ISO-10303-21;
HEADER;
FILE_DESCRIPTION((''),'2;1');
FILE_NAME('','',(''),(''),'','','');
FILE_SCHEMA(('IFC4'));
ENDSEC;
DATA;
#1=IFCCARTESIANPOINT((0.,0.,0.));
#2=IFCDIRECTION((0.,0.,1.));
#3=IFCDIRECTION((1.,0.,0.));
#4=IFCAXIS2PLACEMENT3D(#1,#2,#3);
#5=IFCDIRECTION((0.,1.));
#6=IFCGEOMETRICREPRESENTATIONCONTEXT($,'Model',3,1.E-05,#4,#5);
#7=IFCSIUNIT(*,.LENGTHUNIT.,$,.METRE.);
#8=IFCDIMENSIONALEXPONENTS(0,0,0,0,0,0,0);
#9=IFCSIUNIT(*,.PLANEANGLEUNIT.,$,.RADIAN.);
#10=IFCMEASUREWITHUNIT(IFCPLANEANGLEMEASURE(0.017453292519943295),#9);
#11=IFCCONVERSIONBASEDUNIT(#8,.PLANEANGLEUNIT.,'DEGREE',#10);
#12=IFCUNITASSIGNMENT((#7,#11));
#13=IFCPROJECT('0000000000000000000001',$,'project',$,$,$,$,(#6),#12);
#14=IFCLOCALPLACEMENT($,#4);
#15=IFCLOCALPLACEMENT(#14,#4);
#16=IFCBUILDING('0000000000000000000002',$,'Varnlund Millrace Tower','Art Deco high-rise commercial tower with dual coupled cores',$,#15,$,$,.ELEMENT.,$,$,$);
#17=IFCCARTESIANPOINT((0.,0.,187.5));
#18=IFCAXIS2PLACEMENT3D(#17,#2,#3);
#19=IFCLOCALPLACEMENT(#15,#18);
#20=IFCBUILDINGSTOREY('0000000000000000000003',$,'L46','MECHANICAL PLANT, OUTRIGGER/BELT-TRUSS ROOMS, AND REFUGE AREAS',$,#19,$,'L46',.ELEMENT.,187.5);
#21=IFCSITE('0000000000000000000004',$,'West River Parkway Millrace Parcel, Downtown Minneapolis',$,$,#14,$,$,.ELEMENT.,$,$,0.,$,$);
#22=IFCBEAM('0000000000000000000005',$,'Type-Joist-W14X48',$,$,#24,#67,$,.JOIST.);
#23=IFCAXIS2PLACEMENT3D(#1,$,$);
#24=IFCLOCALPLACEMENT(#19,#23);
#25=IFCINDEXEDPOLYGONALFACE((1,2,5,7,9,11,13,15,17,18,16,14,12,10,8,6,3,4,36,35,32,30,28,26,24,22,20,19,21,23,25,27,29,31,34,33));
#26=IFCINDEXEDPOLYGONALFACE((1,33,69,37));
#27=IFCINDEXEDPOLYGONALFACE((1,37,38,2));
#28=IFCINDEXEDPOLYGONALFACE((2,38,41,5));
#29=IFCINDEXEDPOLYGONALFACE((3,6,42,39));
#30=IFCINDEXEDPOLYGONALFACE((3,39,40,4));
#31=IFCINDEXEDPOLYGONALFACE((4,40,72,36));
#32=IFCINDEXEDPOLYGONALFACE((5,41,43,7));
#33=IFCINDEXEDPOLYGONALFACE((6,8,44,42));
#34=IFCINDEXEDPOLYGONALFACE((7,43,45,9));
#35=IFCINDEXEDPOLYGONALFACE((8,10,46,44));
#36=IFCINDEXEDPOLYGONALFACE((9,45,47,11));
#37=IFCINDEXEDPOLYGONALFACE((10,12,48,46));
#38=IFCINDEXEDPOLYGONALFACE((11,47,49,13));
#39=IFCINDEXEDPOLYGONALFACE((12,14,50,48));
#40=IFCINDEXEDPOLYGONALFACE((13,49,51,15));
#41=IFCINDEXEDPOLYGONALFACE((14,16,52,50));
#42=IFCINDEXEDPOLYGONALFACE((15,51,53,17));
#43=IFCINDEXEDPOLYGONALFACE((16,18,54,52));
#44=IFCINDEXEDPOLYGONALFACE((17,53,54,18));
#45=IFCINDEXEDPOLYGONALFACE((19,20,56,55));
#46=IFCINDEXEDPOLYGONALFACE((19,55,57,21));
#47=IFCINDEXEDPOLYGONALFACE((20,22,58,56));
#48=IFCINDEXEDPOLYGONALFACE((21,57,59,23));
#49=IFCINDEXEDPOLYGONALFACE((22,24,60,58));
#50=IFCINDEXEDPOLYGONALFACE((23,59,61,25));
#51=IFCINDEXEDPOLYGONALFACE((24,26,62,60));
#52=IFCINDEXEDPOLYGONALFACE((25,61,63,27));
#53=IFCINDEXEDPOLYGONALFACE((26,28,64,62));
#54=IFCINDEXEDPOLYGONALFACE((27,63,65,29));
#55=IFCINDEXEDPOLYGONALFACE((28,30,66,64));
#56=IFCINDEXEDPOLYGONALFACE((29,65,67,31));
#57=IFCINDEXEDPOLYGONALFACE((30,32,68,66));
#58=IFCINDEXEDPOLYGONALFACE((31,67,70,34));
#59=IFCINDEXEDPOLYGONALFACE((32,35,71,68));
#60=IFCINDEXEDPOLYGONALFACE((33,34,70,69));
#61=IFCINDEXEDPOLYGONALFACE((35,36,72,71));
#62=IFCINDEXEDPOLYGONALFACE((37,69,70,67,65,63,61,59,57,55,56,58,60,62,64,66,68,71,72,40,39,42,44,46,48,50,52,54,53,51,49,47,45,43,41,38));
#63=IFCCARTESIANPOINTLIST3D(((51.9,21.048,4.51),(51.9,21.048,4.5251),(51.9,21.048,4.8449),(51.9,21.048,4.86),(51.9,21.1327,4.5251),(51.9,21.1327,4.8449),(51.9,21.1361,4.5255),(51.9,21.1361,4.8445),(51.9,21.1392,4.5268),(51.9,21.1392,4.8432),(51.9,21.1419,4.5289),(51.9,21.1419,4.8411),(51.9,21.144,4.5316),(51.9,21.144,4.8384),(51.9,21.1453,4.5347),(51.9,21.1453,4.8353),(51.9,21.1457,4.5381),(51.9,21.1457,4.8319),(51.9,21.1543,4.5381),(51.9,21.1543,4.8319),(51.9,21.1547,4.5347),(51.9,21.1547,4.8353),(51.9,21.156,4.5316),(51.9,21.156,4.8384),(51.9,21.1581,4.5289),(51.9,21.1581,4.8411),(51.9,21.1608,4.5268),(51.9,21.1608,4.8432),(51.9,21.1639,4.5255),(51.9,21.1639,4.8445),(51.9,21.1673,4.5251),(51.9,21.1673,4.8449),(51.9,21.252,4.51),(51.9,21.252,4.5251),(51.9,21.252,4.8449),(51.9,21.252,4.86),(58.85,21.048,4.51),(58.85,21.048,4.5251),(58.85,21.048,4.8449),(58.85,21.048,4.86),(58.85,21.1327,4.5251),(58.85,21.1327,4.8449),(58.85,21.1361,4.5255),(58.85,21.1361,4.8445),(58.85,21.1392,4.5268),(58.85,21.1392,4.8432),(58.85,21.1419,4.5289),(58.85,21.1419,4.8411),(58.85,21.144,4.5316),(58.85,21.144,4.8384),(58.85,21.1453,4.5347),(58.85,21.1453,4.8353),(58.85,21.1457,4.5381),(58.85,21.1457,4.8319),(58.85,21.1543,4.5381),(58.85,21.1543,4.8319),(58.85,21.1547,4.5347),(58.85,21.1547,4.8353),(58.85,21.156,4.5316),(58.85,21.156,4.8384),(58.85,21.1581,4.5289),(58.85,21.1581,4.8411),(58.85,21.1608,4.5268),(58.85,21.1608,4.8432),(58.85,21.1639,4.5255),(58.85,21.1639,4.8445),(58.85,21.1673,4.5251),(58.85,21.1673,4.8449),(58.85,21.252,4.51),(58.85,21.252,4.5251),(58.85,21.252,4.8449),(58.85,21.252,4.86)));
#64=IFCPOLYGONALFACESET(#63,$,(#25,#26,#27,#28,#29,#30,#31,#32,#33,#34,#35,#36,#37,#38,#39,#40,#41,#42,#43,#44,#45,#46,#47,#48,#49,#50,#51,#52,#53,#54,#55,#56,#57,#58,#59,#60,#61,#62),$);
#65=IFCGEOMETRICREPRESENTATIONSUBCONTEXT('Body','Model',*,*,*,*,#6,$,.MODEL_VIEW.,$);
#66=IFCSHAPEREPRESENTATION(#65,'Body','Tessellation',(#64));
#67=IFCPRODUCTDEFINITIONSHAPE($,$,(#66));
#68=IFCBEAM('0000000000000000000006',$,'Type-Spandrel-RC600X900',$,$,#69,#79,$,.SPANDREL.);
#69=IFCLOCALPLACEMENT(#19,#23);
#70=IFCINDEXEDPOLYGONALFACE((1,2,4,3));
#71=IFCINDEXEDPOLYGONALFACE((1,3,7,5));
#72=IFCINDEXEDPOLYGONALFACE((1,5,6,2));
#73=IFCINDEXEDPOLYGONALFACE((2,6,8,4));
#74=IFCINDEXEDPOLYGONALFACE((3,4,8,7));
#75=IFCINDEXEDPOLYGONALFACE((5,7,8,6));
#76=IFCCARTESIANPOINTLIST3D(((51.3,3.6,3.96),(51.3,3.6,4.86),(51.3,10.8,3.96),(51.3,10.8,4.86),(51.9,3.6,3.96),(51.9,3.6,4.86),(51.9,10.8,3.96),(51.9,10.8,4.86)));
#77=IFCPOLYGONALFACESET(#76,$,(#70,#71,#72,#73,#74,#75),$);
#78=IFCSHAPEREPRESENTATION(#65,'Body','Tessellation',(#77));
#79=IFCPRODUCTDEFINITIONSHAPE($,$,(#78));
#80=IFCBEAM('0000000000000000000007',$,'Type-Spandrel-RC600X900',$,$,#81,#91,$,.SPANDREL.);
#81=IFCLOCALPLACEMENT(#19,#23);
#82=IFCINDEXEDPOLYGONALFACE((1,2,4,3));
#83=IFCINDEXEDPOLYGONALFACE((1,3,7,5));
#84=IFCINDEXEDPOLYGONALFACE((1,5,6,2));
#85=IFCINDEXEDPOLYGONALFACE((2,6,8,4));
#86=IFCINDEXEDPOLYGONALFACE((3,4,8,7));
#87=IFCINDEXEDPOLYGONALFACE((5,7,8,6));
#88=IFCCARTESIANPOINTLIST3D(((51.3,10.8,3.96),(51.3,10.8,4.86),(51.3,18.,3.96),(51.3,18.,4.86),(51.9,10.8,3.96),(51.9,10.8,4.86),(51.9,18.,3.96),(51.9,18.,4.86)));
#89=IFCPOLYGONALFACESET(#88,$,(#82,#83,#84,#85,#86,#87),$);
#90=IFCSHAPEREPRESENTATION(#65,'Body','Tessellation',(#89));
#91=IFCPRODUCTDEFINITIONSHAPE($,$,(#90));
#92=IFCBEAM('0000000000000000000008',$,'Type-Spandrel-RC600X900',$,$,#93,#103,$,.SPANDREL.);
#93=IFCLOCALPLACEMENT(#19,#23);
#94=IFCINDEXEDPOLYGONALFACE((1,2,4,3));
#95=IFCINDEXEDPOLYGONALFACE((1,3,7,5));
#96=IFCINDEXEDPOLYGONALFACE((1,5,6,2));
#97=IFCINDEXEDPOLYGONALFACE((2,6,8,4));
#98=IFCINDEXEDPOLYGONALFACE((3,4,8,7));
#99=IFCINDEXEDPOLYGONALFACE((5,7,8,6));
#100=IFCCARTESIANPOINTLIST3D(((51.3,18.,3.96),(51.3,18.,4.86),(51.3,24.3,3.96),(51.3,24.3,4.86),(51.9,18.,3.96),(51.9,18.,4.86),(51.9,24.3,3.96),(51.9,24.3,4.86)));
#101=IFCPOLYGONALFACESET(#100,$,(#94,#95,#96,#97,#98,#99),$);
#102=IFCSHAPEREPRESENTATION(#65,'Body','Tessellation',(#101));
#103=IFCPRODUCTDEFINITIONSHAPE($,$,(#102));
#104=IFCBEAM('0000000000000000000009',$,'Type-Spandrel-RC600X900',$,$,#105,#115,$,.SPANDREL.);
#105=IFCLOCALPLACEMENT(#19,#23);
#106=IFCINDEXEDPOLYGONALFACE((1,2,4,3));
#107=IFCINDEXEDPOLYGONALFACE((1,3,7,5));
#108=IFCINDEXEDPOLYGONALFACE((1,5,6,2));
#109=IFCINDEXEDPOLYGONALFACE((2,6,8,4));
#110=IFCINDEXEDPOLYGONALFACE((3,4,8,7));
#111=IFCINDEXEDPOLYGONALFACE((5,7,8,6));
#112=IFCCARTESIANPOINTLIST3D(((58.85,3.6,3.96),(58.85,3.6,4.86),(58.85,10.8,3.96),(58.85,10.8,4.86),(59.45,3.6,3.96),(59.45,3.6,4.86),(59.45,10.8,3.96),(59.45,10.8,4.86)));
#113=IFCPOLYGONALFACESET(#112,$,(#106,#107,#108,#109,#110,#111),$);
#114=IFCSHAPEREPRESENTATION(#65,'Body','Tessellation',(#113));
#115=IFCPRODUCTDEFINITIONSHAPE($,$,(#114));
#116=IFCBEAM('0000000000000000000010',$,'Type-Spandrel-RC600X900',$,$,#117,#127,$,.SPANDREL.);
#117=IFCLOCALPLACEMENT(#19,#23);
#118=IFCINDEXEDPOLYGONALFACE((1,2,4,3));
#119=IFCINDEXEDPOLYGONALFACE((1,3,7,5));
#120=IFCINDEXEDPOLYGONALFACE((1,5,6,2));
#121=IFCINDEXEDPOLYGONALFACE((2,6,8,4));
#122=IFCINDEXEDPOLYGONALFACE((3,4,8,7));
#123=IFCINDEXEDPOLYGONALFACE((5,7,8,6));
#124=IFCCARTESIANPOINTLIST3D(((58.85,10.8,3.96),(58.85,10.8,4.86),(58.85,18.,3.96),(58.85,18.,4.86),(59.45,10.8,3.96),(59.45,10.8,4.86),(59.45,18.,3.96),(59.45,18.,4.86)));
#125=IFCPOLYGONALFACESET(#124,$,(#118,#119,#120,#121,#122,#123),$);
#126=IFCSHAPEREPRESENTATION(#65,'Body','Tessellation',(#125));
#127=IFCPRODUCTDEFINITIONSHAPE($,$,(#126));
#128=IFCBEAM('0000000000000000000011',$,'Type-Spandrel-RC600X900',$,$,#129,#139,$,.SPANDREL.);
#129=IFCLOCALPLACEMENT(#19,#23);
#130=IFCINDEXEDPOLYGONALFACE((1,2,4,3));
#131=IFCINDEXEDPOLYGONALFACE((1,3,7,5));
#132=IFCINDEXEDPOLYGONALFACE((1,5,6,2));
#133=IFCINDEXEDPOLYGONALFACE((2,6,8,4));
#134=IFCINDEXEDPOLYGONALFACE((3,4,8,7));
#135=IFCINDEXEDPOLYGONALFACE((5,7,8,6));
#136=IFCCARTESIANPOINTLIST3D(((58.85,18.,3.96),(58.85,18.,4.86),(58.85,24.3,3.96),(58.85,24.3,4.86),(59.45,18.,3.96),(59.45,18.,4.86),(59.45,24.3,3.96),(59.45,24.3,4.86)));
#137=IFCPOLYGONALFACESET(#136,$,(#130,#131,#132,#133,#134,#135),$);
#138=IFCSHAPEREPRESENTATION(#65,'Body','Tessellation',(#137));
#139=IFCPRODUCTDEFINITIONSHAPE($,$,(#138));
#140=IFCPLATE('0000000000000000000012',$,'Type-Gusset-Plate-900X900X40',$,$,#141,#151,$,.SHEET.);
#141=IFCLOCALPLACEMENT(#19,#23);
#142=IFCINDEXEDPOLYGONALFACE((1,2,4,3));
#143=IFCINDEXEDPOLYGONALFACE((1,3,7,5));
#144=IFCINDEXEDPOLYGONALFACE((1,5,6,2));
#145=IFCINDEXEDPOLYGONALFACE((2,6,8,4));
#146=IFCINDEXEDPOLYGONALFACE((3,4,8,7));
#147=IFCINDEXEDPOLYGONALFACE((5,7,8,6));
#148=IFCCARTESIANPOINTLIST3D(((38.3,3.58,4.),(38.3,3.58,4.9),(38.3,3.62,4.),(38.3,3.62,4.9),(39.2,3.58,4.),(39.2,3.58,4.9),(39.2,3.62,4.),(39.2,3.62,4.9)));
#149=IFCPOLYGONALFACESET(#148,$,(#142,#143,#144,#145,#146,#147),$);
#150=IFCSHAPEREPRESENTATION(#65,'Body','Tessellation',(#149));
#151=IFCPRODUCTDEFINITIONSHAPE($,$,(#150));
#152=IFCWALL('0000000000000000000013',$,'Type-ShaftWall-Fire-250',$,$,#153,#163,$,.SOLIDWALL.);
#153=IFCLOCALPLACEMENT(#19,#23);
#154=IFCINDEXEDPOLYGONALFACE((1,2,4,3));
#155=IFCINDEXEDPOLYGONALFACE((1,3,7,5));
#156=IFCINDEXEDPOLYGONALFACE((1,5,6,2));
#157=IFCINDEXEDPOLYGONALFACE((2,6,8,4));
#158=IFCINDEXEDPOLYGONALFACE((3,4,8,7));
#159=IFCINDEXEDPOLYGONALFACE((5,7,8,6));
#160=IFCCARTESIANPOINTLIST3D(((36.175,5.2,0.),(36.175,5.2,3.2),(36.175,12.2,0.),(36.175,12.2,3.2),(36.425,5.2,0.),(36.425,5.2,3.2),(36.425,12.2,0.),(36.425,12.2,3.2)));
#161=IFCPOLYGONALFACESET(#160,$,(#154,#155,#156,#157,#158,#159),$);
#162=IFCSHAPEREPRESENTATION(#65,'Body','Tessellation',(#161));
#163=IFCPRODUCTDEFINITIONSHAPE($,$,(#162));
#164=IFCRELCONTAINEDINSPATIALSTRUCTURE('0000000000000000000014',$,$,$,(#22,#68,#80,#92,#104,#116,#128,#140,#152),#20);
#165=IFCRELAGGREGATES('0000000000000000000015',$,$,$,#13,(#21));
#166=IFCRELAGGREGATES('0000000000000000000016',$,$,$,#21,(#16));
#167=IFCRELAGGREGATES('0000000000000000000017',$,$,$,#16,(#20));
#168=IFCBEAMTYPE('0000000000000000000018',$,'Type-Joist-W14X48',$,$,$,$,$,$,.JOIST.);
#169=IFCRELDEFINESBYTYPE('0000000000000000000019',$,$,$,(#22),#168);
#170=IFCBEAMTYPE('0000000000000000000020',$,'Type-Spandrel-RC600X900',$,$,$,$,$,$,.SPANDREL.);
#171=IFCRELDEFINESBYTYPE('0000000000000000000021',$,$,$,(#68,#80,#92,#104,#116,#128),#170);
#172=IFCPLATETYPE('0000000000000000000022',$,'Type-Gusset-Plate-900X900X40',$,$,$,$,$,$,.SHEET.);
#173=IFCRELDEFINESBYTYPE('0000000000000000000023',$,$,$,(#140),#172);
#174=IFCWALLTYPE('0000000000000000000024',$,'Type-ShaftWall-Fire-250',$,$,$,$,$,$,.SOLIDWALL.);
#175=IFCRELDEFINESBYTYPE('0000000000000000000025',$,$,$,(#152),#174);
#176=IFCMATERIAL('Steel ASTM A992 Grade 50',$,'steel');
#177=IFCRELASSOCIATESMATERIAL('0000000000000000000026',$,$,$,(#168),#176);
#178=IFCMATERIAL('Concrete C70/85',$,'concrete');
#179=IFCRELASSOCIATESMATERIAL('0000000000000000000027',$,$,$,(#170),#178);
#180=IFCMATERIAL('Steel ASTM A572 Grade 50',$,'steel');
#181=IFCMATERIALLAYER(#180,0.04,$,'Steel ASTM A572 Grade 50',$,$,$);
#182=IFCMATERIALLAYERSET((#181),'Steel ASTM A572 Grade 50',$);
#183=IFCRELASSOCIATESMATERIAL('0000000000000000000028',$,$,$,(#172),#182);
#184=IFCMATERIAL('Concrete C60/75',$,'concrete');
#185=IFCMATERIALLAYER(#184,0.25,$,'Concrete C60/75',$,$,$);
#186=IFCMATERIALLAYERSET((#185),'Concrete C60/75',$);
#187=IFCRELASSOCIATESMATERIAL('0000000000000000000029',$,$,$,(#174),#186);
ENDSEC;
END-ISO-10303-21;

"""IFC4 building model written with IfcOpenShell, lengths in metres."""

from ifc_helpers import new_model, entity, si_unit, converted_unit, direction, frame, origin_with_axes, origin_2d_with_axis, place, context, subcontext, project, spatial, polyline, rectangle, i_section, outline, extrude, material, layer, layer_set, material_profile, profile_set, type_object, element, save


model = new_model("IFC4")

# Units and contexts
model_context = context("Model", 3, precision=1e-05, world=origin_with_axes(), true_north=direction((0.0, 1.0)))
body_context = subcontext(model_context, "Body", "Model", "MODEL_VIEW")
ifc_project = project(units=[si_unit("LENGTHUNIT", "METRE"), converted_unit("PLANEANGLEUNIT", "DEGREE", entity("IfcPlaneAngleMeasure", 0.017453292519943295), si_unit("PLANEANGLEUNIT", "RADIAN"), dimensions=[0, 0, 0, 0, 0, 0, 0])], contexts=[model_context])

# Site, building, storey
site_placement = place(None, origin_with_axes())
site = spatial("IfcSite", under=ifc_project, at=site_placement, Name="West River Parkway Millrace Parcel, Downtown Minneapolis", CompositionType="ELEMENT", RefElevation=0.0)
building_placement = place(site_placement, origin_with_axes())
building = spatial("IfcBuilding", under=site, at=building_placement, Name="Varnlund Millrace Tower", Description="Art Deco high-rise commercial tower with dual coupled cores", CompositionType="ELEMENT")
storey_placement = place(building_placement, frame((0.0, 0.0, 187.5), z_axis=(0.0, 0.0, 1.0), x_axis=(1.0, 0.0, 0.0)))
storey = spatial("IfcBuildingStorey", under=building, at=storey_placement, Name="L46", Description="MECHANICAL PLANT, OUTRIGGER/BELT-TRUSS ROOMS, AND REFUGE AREAS", LongName="L46", CompositionType="ELEMENT", Elevation=187.5)

# Beams
ifc_material_1 = material(Name="Steel ASTM A992 Grade 50", Category="steel")
ifc_material_profile_1 = material_profile(ifc_material_1, i_section(OverallWidth=0.204, OverallDepth=0.35, WebThickness=0.0086, FlangeThickness=0.0151, FilletRadius=0.013, at=origin_2d_with_axis()), Name="Steel ASTM A992 Grade 50")
ifc_profile_set_1 = profile_set([ifc_material_profile_1], Name="Steel ASTM A992 Grade 50")
beam_type_1 = type_object("IfcBeamType", Name="Type-Joist-W14X48", PredefinedType="JOIST", material=ifc_profile_set_1)
for number, where, z_axis, x_axis, name in (
    (1, (51.9, 21.15, 4.685), (1.0, 0.0, 0.0), (0.0, 1.0, 0.0), "Type-Joist-W14X48"),
):
    element("IfcBeam", number, at=place(storey_placement, frame(where, z_axis=z_axis, x_axis=x_axis)), inside=storey, type_object=beam_type_1, Name=name, PredefinedType="JOIST", context=body_context, shape_type="SweptSolid", body=[
        extrude(i_section(OverallWidth=0.204, OverallDepth=0.35, WebThickness=0.0086, FlangeThickness=0.0151, FilletRadius=0.013, at=origin_2d_with_axis()), origin_with_axes(), (0.0, 0.0, 1.0), 6.95),
    ])
ifc_material_2 = material(Name="Concrete C70/85", Category="concrete")
ifc_material_profile_2 = material_profile(ifc_material_2, rectangle(XDim=0.6, YDim=0.9, at=origin_2d_with_axis()), Name="Concrete C70/85")
ifc_profile_set_2 = profile_set([ifc_material_profile_2], Name="Concrete C70/85")
beam_type_2 = type_object("IfcBeamType", Name="Type-Spandrel-RC600X900", PredefinedType="SPANDREL", material=ifc_profile_set_2)
for number, where, z_axis, x_axis, name in (
    (2, (51.6, 3.6, 4.41), (0.0, 1.0, 0.0), (-1.0, 0.0, 0.0), "Type-Spandrel-RC600X900"),
    (3, (51.6, 10.8, 4.41), (0.0, 1.0, 0.0), (-1.0, 0.0, 0.0), "Type-Spandrel-RC600X900"),
):
    element("IfcBeam", number, at=place(storey_placement, frame(where, z_axis=z_axis, x_axis=x_axis)), inside=storey, type_object=beam_type_2, Name=name, PredefinedType="SPANDREL", context=body_context, shape_type="SweptSolid", body=[
        extrude(rectangle(XDim=0.6, YDim=0.9, at=origin_2d_with_axis()), origin_with_axes(), (0.0, 0.0, 1.0), 7.2),
    ])
beam_1_placement = place(storey_placement, frame((51.6, 18.0, 4.41), z_axis=(0.0, 1.0, 0.0), x_axis=(-1.0, 0.0, 0.0)))
element("IfcBeam", 4, at=beam_1_placement, inside=storey, type_object=beam_type_2, Name="Type-Spandrel-RC600X900", PredefinedType="SPANDREL", context=body_context, shape_type="SweptSolid", body=[
    extrude(rectangle(XDim=0.6, YDim=0.9, at=origin_2d_with_axis()), origin_with_axes(), (0.0, 0.0, 1.0), 6.3),
])
for number, where, z_axis, x_axis, name in (
    (5, (59.15, 3.6, 4.41), (0.0, 1.0, 0.0), (-1.0, 0.0, 0.0), "Type-Spandrel-RC600X900"),
    (6, (59.15, 10.8, 4.41), (0.0, 1.0, 0.0), (-1.0, 0.0, 0.0), "Type-Spandrel-RC600X900"),
):
    element("IfcBeam", number, at=place(storey_placement, frame(where, z_axis=z_axis, x_axis=x_axis)), inside=storey, type_object=beam_type_2, Name=name, PredefinedType="SPANDREL", context=body_context, shape_type="SweptSolid", body=[
        extrude(rectangle(XDim=0.6, YDim=0.9, at=origin_2d_with_axis()), origin_with_axes(), (0.0, 0.0, 1.0), 7.2),
    ])
beam_2_placement = place(storey_placement, frame((59.15, 18.0, 4.41), z_axis=(0.0, 1.0, 0.0), x_axis=(-1.0, 0.0, 0.0)))
element("IfcBeam", 7, at=beam_2_placement, inside=storey, type_object=beam_type_2, Name="Type-Spandrel-RC600X900", PredefinedType="SPANDREL", context=body_context, shape_type="SweptSolid", body=[
    extrude(rectangle(XDim=0.6, YDim=0.9, at=origin_2d_with_axis()), origin_with_axes(), (0.0, 0.0, 1.0), 6.3),
])

# Plate
ifc_material_3 = material(Name="Steel ASTM A572 Grade 50", Category="steel")
ifc_layer_1 = layer(ifc_material_3, 0.04, Name="Steel ASTM A572 Grade 50")
ifc_layer_set_1 = layer_set([ifc_layer_1], Name="Steel ASTM A572 Grade 50")
plate_type = type_object("IfcPlateType", Name="Type-Gusset-Plate-900X900X40", PredefinedType="SHEET", material=ifc_layer_set_1)
plate_placement = place(storey_placement, frame((38.75, 3.6, 4.0), z_axis=(0.0, 0.0, 1.0), x_axis=(1.0, 0.0, 0.0)))
element("IfcPlate", 8, at=plate_placement, inside=storey, type_object=plate_type, Name="Type-Gusset-Plate-900X900X40", PredefinedType="SHEET", context=body_context, shape_type="SweptSolid", body=[
    extrude(rectangle(XDim=0.9, YDim=0.04, at=origin_2d_with_axis()), origin_with_axes(), (0.0, 0.0, 1.0), 0.9),
])

# Wall
ifc_material_4 = material(Name="Concrete C60/75", Category="concrete")
ifc_layer_2 = layer(ifc_material_4, 0.25, Name="Concrete C60/75")
ifc_layer_set_2 = layer_set([ifc_layer_2], Name="Concrete C60/75")
wall_type = type_object("IfcWallType", Name="Type-ShaftWall-Fire-250", PredefinedType="SOLIDWALL", material=ifc_layer_set_2)
wall_placement = place(storey_placement, frame((36.3, 5.2, 0.0), z_axis=(0.0, 0.0, 1.0), x_axis=(0.0, 1.0, 0.0)))
element("IfcWall", 9, at=wall_placement, inside=storey, type_object=wall_type, Name="Type-ShaftWall-Fire-250", PredefinedType="SOLIDWALL", context=body_context, shape_type="SweptSolid", body=[
    extrude(outline(polyline([(0.0, -0.125), (7.0, -0.125), (7.0, 0.125), (0.0, 0.125), (0.0, -0.125)])), origin_with_axes(), (0.0, 0.0, 1.0), 3.2),
])

save(model, "model.ifc")
